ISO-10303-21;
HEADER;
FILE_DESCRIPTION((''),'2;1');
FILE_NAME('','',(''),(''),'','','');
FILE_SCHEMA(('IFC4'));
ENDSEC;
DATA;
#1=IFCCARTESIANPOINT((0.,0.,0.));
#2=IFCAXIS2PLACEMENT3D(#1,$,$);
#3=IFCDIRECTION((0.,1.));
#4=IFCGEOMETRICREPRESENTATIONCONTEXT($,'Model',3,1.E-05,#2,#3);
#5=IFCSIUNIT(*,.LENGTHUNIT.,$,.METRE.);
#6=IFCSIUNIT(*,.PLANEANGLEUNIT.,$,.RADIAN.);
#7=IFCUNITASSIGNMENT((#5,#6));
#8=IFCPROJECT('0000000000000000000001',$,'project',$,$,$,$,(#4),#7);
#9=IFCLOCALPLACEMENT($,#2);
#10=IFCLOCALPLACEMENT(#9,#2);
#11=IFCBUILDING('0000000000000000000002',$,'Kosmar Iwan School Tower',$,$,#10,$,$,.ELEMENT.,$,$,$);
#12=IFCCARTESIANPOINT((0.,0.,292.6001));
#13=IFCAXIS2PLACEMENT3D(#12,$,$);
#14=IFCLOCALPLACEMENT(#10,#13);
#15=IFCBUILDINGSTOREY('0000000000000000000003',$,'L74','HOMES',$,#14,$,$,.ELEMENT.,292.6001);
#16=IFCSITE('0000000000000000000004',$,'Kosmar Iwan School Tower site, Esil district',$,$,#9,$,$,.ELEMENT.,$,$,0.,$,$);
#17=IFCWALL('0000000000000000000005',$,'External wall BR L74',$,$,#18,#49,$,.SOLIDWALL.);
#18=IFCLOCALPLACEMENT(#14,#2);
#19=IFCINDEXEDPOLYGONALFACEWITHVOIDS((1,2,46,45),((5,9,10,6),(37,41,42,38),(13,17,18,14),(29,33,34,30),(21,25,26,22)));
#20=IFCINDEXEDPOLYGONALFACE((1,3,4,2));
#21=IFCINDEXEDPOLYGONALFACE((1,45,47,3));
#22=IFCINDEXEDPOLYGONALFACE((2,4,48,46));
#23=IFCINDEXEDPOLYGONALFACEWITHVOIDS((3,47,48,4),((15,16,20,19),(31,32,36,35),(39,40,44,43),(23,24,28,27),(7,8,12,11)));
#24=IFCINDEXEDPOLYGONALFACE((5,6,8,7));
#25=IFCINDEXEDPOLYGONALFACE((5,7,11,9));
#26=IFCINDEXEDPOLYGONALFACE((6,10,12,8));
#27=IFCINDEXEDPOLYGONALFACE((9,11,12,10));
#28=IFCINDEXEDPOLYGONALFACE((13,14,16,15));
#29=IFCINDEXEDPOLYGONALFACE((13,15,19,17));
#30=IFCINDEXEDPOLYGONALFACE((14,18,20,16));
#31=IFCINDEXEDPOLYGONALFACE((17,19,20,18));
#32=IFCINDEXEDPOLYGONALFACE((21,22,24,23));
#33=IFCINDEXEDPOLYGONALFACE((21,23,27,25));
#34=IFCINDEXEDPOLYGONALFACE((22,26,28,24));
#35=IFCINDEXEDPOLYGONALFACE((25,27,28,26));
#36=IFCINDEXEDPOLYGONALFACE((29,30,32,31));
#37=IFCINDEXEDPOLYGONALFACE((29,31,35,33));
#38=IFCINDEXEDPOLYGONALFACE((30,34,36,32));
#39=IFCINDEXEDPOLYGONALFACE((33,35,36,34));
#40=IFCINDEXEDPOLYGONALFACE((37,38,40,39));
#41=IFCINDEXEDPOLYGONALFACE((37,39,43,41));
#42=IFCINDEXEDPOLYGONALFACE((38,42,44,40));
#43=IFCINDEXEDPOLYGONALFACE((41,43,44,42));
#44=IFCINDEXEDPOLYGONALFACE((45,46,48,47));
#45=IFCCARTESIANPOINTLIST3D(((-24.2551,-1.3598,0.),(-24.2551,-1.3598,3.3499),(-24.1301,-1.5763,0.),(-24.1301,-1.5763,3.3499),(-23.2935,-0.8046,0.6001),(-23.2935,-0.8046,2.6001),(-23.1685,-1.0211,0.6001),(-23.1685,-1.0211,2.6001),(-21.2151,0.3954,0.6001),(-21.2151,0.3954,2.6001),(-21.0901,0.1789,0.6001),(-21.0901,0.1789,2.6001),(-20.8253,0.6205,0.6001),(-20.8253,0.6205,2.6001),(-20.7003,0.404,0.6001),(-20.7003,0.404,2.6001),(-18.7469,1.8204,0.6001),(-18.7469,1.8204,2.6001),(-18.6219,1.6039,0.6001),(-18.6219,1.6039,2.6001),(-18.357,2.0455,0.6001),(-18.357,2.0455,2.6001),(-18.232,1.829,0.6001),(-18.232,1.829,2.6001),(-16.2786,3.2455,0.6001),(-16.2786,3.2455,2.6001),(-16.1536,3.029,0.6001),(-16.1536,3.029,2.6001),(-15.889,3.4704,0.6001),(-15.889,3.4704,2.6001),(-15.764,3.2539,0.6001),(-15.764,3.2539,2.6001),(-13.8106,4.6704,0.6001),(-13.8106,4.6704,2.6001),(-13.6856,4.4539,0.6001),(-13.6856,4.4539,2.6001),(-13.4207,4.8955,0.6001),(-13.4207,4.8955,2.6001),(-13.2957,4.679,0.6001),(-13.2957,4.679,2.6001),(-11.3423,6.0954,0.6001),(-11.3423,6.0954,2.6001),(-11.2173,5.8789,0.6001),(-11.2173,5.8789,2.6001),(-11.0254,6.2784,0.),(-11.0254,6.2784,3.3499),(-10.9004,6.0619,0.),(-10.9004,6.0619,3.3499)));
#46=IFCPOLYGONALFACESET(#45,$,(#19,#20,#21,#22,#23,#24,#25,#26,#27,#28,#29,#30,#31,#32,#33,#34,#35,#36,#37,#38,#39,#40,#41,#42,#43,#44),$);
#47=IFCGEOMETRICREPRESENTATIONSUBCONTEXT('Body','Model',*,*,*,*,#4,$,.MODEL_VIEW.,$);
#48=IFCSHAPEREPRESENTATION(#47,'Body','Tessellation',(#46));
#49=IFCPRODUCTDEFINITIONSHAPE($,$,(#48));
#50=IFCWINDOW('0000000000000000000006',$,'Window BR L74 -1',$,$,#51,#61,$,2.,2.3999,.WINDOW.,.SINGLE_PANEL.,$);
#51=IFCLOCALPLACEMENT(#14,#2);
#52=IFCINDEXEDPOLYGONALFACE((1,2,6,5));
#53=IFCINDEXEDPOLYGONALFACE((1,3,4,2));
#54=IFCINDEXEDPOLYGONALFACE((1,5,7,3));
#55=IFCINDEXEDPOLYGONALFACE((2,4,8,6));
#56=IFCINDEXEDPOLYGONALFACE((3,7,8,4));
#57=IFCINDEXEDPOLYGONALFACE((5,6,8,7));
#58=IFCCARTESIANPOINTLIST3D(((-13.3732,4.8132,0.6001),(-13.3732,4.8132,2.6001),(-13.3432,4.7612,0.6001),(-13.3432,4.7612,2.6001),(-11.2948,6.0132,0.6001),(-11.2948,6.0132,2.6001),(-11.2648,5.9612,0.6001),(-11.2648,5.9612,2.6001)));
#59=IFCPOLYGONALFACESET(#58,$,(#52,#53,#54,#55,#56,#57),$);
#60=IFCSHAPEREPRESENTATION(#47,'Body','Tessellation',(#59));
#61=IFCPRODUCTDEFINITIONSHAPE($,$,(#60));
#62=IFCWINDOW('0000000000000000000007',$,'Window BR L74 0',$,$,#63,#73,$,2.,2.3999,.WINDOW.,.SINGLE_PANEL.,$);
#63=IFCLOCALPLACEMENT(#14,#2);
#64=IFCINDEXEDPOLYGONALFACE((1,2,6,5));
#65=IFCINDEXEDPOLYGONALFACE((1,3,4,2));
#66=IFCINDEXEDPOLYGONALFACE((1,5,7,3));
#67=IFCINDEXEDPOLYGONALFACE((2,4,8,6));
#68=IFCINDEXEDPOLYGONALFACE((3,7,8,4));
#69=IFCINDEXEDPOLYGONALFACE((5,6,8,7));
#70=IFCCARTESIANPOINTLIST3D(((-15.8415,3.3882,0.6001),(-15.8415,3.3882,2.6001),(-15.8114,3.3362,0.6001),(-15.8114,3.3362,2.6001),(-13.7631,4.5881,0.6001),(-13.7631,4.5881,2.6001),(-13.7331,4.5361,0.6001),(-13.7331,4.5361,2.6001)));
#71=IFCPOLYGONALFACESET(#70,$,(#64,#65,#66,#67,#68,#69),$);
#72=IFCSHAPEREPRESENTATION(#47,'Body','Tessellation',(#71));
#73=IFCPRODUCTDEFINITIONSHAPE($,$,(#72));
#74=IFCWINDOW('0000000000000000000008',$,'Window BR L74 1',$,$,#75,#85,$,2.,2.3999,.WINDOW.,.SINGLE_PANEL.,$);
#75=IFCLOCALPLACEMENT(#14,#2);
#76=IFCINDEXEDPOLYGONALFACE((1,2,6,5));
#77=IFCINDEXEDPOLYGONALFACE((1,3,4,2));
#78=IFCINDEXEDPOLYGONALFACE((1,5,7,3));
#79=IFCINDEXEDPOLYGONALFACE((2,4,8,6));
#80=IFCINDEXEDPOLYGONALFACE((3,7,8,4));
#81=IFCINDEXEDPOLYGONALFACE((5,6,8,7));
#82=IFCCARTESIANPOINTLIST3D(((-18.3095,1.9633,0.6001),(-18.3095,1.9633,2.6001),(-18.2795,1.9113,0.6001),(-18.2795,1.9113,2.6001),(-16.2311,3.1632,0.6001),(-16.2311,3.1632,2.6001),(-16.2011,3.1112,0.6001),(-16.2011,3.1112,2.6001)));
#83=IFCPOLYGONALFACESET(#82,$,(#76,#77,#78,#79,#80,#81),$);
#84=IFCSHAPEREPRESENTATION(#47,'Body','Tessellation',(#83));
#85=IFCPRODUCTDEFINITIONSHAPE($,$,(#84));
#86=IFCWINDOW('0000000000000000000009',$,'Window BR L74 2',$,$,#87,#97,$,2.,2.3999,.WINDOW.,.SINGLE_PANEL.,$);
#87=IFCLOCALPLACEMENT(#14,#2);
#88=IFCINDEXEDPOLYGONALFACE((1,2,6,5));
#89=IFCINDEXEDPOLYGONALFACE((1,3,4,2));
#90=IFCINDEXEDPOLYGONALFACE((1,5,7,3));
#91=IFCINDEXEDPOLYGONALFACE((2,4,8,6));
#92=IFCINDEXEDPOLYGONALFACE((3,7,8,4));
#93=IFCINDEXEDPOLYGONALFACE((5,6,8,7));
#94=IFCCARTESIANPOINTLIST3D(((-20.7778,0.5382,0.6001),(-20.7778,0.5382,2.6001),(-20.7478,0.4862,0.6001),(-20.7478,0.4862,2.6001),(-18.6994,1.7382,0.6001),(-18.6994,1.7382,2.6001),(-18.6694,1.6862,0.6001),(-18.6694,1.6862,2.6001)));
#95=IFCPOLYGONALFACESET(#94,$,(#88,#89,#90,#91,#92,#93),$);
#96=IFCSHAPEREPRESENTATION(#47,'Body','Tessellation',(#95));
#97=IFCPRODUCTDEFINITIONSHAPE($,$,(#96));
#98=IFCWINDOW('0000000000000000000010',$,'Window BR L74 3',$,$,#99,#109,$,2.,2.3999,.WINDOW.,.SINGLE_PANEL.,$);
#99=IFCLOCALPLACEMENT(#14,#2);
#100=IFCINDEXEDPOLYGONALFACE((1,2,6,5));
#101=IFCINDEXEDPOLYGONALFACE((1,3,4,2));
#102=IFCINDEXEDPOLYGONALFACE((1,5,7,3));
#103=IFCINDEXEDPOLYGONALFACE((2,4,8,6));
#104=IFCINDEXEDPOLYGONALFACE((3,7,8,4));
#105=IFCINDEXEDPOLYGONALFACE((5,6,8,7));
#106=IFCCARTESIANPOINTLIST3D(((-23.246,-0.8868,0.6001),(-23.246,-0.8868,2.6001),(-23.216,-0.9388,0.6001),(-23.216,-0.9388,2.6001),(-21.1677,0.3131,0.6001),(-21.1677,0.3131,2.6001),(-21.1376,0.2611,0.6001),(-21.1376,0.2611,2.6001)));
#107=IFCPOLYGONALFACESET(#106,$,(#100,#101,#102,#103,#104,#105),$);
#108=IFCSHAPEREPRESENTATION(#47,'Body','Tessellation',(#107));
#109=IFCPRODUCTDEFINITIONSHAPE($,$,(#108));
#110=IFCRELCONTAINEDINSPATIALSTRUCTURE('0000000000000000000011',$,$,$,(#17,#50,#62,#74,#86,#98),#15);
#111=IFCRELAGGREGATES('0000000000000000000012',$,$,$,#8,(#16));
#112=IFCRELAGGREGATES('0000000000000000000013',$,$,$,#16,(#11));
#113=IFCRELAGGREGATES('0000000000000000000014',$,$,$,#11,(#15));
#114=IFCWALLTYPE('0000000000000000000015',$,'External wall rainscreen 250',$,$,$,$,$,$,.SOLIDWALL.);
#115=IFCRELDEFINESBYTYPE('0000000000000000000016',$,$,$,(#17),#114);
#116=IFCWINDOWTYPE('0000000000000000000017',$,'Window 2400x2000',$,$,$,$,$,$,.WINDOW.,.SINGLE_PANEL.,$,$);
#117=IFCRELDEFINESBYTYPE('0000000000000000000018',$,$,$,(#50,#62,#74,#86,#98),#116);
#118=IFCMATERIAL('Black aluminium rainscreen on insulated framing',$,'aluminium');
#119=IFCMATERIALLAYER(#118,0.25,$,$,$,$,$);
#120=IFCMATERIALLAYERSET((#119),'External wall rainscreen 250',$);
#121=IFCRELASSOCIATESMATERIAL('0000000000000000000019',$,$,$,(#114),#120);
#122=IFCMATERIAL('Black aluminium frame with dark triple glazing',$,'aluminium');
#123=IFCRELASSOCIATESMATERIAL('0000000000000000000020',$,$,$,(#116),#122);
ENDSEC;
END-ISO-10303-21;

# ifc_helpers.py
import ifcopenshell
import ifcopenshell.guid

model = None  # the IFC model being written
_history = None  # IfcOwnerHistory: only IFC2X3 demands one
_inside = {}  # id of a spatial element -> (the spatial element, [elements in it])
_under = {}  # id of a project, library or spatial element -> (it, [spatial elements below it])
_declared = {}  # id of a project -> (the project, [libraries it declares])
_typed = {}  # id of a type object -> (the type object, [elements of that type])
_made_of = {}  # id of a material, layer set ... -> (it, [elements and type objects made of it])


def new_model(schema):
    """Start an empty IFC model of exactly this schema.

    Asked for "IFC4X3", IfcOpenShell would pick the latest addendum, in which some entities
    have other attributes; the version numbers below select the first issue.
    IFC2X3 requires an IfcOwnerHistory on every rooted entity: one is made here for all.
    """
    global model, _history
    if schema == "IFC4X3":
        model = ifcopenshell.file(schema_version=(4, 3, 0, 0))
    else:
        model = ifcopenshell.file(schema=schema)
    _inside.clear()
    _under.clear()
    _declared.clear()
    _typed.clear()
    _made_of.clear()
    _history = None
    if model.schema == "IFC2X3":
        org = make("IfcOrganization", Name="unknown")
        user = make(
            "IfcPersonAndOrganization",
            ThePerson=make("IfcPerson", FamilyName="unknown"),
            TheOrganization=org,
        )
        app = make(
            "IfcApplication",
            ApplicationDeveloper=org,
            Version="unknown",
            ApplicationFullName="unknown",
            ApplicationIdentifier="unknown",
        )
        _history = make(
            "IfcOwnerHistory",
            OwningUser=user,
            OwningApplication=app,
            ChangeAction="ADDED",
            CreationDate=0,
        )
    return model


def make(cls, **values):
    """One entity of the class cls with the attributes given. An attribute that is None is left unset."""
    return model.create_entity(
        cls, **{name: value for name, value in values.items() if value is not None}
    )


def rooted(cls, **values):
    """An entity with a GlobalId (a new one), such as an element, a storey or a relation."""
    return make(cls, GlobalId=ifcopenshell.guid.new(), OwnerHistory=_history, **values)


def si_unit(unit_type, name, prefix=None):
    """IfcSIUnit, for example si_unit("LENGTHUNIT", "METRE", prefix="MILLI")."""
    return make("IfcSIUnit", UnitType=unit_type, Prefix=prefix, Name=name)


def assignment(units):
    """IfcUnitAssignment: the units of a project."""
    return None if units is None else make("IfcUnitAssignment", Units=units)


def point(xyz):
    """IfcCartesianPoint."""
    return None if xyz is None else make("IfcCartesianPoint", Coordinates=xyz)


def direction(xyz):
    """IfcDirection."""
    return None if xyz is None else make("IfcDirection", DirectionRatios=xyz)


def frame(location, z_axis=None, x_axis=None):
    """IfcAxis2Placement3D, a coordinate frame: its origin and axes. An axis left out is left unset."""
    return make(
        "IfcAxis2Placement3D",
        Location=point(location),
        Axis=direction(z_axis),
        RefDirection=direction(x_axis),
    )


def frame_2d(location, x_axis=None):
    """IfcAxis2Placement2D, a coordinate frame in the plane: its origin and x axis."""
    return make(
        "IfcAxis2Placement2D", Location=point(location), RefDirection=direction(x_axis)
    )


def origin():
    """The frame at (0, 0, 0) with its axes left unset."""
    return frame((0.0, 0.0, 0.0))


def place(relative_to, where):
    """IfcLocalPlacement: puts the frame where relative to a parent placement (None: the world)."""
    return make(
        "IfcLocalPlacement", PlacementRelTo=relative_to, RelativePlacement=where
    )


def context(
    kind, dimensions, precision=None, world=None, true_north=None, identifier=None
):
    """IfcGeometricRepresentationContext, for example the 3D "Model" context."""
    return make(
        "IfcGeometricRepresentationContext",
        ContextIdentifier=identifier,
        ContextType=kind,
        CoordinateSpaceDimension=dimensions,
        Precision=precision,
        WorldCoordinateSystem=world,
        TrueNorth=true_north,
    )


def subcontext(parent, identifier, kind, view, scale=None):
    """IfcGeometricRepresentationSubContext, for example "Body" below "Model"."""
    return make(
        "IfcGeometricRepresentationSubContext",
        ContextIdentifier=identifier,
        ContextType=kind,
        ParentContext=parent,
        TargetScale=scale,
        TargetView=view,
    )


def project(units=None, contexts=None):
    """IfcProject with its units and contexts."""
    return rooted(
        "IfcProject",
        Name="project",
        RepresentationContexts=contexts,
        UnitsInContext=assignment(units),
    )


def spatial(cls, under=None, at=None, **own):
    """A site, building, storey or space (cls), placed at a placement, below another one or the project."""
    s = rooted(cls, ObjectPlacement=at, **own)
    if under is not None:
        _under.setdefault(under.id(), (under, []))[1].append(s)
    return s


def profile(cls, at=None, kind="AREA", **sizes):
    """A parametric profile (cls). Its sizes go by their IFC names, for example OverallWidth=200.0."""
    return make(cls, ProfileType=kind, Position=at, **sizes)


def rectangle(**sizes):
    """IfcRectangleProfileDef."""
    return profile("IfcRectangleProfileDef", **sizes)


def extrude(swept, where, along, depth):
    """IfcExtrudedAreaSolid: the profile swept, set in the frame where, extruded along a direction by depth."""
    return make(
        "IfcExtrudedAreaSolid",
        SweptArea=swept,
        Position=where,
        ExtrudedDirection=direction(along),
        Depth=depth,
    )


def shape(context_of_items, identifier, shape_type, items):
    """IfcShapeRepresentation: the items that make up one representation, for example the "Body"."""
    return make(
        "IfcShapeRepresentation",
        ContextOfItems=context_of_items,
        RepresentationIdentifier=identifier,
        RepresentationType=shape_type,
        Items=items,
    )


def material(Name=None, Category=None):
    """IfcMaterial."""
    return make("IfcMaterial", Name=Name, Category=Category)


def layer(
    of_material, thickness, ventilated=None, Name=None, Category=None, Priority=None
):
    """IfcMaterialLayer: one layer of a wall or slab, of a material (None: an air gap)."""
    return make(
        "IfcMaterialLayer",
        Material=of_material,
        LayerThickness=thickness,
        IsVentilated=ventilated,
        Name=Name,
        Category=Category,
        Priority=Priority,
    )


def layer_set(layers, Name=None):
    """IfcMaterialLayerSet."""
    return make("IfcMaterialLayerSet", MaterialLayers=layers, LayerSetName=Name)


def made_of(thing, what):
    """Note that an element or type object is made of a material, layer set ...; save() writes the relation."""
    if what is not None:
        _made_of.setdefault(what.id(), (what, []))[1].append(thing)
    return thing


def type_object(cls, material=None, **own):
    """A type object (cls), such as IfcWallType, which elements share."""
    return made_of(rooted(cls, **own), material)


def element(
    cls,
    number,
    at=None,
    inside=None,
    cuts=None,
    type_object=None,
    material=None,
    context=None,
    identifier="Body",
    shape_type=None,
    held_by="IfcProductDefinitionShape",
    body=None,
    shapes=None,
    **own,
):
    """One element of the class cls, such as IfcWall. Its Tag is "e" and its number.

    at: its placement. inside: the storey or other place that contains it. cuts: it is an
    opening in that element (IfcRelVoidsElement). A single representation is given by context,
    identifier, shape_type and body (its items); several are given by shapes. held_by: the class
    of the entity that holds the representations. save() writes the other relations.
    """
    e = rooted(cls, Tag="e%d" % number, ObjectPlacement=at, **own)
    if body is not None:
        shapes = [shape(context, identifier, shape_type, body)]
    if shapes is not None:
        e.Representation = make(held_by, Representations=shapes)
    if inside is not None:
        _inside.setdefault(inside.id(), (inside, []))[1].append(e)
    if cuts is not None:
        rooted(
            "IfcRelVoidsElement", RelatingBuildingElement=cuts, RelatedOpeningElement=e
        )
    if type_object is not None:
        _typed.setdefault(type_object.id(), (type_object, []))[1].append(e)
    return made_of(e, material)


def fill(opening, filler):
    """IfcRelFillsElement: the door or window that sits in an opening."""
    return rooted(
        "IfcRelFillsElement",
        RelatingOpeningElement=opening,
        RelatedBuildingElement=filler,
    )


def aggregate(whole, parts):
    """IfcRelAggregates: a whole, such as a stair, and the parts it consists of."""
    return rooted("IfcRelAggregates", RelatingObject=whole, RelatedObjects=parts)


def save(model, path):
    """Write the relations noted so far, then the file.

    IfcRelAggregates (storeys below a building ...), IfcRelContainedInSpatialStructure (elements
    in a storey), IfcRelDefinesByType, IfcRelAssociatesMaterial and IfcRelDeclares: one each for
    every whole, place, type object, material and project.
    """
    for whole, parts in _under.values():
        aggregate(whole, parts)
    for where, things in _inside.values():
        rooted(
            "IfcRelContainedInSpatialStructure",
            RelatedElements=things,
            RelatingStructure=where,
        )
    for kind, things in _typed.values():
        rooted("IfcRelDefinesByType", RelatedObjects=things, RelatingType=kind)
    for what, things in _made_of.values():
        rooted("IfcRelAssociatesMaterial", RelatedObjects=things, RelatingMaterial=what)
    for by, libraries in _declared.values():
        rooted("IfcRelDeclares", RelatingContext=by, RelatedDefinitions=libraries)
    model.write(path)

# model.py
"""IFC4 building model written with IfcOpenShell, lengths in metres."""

from ifc_helpers import new_model, si_unit, direction, frame, frame_2d, origin, place, context, subcontext, project, spatial, rectangle, extrude, material, layer, layer_set, type_object, element, fill, save


model = new_model("IFC4")

# Units and contexts
model_context = context("Model", 3, precision=1e-05, world=origin(), true_north=direction((0.0, 1.0)))
body_context = subcontext(model_context, "Body", "Model", "MODEL_VIEW")
ifc_project = project(units=[si_unit("LENGTHUNIT", "METRE"), si_unit("PLANEANGLEUNIT", "RADIAN")], contexts=[model_context])

# Site, building, storey
site_placement = place(None, origin())
site = spatial("IfcSite", under=ifc_project, at=site_placement, Name="Kosmar Iwan School Tower site, Esil district", CompositionType="ELEMENT", RefElevation=0.0)
building_placement = place(site_placement, origin())
building = spatial("IfcBuilding", under=site, at=building_placement, Name="Kosmar Iwan School Tower", CompositionType="ELEMENT")
storey_placement = place(building_placement, frame((0.0, 0.0, 292.6001)))
storey = spatial("IfcBuildingStorey", under=building, at=storey_placement, Name="L74", Description="HOMES", CompositionType="ELEMENT", Elevation=292.6001)

# Wall, openings, windows
ifc_material_1 = material(Name="Black aluminium rainscreen on insulated framing", Category="aluminium")
ifc_layer = layer(ifc_material_1, 0.25)
ifc_layer_set = layer_set([ifc_layer], Name="External wall rainscreen 250")
wall_type = type_object("IfcWallType", Name="External wall rainscreen 250", PredefinedType="SOLIDWALL", material=ifc_layer_set)
ifc_material_2 = material(Name="Black aluminium frame with dark triple glazing", Category="aluminium")
window_type = type_object("IfcWindowType", Name="Window 2400x2000", PartitioningType="SINGLE_PANEL", PredefinedType="WINDOW", material=ifc_material_2)
wall_1_placement = place(storey_placement, frame((-10.9629, 6.1702, 0.0), z_axis=(0.0, 0.0, 1.0), x_axis=(-0.866026, -0.5, 0.0)))
wall_1 = element("IfcWall", 1, at=wall_1_placement, inside=storey, type_object=wall_type, Name="External wall BR L74", PredefinedType="SOLIDWALL", context=body_context, shape_type="SweptSolid", body=[
    extrude(rectangle(XDim=15.2764, YDim=0.25, at=frame_2d((7.6382, 0.0))), origin(), (0.0, 0.0, 1.0), 3.3499),
])
opening_1_placement = place(wall_1_placement, frame((0.366, 0.0, 0.6001)))
opening_1 = element("IfcOpeningElement", 2, at=opening_1_placement, cuts=wall_1, PredefinedType="OPENING", context=body_context, shape_type="SweptSolid", body=[
    extrude(rectangle(XDim=2.3999, YDim=2.0, at=frame_2d((1.2, 1.0))), frame((0.0, 0.137, 0.0), z_axis=(0.0, -1.0, 0.0), x_axis=(1.0, 0.0, 0.0)), (0.0, 0.0, 1.0), 0.2739),
])
opening_2_placement = place(wall_1_placement, frame((3.2161, 0.0, 0.6001)))
opening_2 = element("IfcOpeningElement", 3, at=opening_2_placement, cuts=wall_1, PredefinedType="OPENING", context=body_context, shape_type="SweptSolid", body=[
    extrude(rectangle(XDim=2.3999, YDim=2.0, at=frame_2d((1.2, 1.0))), frame((0.0, 0.137, 0.0), z_axis=(0.0, -1.0, 0.0), x_axis=(1.0, 0.0, 0.0)), (0.0, 0.0, 1.0), 0.2739),
])
opening_3_placement = place(wall_1_placement, frame((6.0659, 0.0, 0.6001)))
opening_3 = element("IfcOpeningElement", 4, at=opening_3_placement, cuts=wall_1, PredefinedType="OPENING", context=body_context, shape_type="SweptSolid", body=[
    extrude(rectangle(XDim=2.3999, YDim=2.0, at=frame_2d((1.2, 1.0))), frame((0.0, 0.137, 0.0), z_axis=(0.0, -1.0, 0.0), x_axis=(1.0, 0.0, 0.0)), (0.0, 0.0, 1.0), 0.2739),
])
opening_4_placement = place(wall_1_placement, frame((8.916, 0.0, 0.6001)))
opening_4 = element("IfcOpeningElement", 5, at=opening_4_placement, cuts=wall_1, PredefinedType="OPENING", context=body_context, shape_type="SweptSolid", body=[
    extrude(rectangle(XDim=2.3999, YDim=2.0, at=frame_2d((1.2, 1.0))), frame((0.0, 0.137, 0.0), z_axis=(0.0, -1.0, 0.0), x_axis=(1.0, 0.0, 0.0)), (0.0, 0.0, 1.0), 0.2739),
])
opening_5_placement = place(wall_1_placement, frame((11.7661, 0.0, 0.6001)))
opening_5 = element("IfcOpeningElement", 6, at=opening_5_placement, cuts=wall_1, PredefinedType="OPENING", context=body_context, shape_type="SweptSolid", body=[
    extrude(rectangle(XDim=2.3999, YDim=2.0, at=frame_2d((1.2, 1.0))), frame((0.0, 0.137, 0.0), z_axis=(0.0, -1.0, 0.0), x_axis=(1.0, 0.0, 0.0)), (0.0, 0.0, 1.0), 0.2739),
])
window_1_placement = place(opening_1_placement, origin())
window_1 = element("IfcWindow", 7, at=window_1_placement, inside=storey, type_object=window_type, Name="Window BR L74 -1", OverallHeight=2.0, OverallWidth=2.3999, PartitioningType="SINGLE_PANEL", PredefinedType="WINDOW", context=body_context, shape_type="SweptSolid", body=[
    extrude(rectangle(XDim=2.3999, YDim=2.0, at=frame_2d((1.2, 1.0))), frame((0.0, 0.03, 0.0), z_axis=(0.0, -1.0, 0.0), x_axis=(1.0, 0.0, 0.0)), (0.0, 0.0, 1.0), 0.0601),
])
fill(opening_1, window_1)
window_2_placement = place(opening_2_placement, origin())
window_2 = element("IfcWindow", 8, at=window_2_placement, inside=storey, type_object=window_type, Name="Window BR L74 0", OverallHeight=2.0, OverallWidth=2.3999, PartitioningType="SINGLE_PANEL", PredefinedType="WINDOW", context=body_context, shape_type="SweptSolid", body=[
    extrude(rectangle(XDim=2.3999, YDim=2.0, at=frame_2d((1.2, 1.0))), frame((0.0, 0.03, 0.0), z_axis=(0.0, -1.0, 0.0), x_axis=(1.0, 0.0, 0.0)), (0.0, 0.0, 1.0), 0.0601),
])
fill(opening_2, window_2)
window_3_placement = place(opening_3_placement, origin())
window_3 = element("IfcWindow", 9, at=window_3_placement, inside=storey, type_object=window_type, Name="Window BR L74 1", OverallHeight=2.0, OverallWidth=2.3999, PartitioningType="SINGLE_PANEL", PredefinedType="WINDOW", context=body_context, shape_type="SweptSolid", body=[
    extrude(rectangle(XDim=2.3999, YDim=2.0, at=frame_2d((1.2, 1.0))), frame((0.0, 0.03, 0.0), z_axis=(0.0, -1.0, 0.0), x_axis=(1.0, 0.0, 0.0)), (0.0, 0.0, 1.0), 0.0601),
])
fill(opening_3, window_3)
window_4_placement = place(opening_4_placement, origin())
window_4 = element("IfcWindow", 10, at=window_4_placement, inside=storey, type_object=window_type, Name="Window BR L74 2", OverallHeight=2.0, OverallWidth=2.3999, PartitioningType="SINGLE_PANEL", PredefinedType="WINDOW", context=body_context, shape_type="SweptSolid", body=[
    extrude(rectangle(XDim=2.3999, YDim=2.0, at=frame_2d((1.2, 1.0))), frame((0.0, 0.03, 0.0), z_axis=(0.0, -1.0, 0.0), x_axis=(1.0, 0.0, 0.0)), (0.0, 0.0, 1.0), 0.0601),
])
fill(opening_4, window_4)
window_5_placement = place(opening_5_placement, origin())
window_5 = element("IfcWindow", 11, at=window_5_placement, inside=storey, type_object=window_type, Name="Window BR L74 3", OverallHeight=2.0, OverallWidth=2.3999, PartitioningType="SINGLE_PANEL", PredefinedType="WINDOW", context=body_context, shape_type="SweptSolid", body=[
    extrude(rectangle(XDim=2.3999, YDim=2.0, at=frame_2d((1.2, 1.0))), frame((0.0, 0.03, 0.0), z_axis=(0.0, -1.0, 0.0), x_axis=(1.0, 0.0, 0.0)), (0.0, 0.0, 1.0), 0.0601),
])
fill(opening_5, window_5)

save(model, "model.ifc")
